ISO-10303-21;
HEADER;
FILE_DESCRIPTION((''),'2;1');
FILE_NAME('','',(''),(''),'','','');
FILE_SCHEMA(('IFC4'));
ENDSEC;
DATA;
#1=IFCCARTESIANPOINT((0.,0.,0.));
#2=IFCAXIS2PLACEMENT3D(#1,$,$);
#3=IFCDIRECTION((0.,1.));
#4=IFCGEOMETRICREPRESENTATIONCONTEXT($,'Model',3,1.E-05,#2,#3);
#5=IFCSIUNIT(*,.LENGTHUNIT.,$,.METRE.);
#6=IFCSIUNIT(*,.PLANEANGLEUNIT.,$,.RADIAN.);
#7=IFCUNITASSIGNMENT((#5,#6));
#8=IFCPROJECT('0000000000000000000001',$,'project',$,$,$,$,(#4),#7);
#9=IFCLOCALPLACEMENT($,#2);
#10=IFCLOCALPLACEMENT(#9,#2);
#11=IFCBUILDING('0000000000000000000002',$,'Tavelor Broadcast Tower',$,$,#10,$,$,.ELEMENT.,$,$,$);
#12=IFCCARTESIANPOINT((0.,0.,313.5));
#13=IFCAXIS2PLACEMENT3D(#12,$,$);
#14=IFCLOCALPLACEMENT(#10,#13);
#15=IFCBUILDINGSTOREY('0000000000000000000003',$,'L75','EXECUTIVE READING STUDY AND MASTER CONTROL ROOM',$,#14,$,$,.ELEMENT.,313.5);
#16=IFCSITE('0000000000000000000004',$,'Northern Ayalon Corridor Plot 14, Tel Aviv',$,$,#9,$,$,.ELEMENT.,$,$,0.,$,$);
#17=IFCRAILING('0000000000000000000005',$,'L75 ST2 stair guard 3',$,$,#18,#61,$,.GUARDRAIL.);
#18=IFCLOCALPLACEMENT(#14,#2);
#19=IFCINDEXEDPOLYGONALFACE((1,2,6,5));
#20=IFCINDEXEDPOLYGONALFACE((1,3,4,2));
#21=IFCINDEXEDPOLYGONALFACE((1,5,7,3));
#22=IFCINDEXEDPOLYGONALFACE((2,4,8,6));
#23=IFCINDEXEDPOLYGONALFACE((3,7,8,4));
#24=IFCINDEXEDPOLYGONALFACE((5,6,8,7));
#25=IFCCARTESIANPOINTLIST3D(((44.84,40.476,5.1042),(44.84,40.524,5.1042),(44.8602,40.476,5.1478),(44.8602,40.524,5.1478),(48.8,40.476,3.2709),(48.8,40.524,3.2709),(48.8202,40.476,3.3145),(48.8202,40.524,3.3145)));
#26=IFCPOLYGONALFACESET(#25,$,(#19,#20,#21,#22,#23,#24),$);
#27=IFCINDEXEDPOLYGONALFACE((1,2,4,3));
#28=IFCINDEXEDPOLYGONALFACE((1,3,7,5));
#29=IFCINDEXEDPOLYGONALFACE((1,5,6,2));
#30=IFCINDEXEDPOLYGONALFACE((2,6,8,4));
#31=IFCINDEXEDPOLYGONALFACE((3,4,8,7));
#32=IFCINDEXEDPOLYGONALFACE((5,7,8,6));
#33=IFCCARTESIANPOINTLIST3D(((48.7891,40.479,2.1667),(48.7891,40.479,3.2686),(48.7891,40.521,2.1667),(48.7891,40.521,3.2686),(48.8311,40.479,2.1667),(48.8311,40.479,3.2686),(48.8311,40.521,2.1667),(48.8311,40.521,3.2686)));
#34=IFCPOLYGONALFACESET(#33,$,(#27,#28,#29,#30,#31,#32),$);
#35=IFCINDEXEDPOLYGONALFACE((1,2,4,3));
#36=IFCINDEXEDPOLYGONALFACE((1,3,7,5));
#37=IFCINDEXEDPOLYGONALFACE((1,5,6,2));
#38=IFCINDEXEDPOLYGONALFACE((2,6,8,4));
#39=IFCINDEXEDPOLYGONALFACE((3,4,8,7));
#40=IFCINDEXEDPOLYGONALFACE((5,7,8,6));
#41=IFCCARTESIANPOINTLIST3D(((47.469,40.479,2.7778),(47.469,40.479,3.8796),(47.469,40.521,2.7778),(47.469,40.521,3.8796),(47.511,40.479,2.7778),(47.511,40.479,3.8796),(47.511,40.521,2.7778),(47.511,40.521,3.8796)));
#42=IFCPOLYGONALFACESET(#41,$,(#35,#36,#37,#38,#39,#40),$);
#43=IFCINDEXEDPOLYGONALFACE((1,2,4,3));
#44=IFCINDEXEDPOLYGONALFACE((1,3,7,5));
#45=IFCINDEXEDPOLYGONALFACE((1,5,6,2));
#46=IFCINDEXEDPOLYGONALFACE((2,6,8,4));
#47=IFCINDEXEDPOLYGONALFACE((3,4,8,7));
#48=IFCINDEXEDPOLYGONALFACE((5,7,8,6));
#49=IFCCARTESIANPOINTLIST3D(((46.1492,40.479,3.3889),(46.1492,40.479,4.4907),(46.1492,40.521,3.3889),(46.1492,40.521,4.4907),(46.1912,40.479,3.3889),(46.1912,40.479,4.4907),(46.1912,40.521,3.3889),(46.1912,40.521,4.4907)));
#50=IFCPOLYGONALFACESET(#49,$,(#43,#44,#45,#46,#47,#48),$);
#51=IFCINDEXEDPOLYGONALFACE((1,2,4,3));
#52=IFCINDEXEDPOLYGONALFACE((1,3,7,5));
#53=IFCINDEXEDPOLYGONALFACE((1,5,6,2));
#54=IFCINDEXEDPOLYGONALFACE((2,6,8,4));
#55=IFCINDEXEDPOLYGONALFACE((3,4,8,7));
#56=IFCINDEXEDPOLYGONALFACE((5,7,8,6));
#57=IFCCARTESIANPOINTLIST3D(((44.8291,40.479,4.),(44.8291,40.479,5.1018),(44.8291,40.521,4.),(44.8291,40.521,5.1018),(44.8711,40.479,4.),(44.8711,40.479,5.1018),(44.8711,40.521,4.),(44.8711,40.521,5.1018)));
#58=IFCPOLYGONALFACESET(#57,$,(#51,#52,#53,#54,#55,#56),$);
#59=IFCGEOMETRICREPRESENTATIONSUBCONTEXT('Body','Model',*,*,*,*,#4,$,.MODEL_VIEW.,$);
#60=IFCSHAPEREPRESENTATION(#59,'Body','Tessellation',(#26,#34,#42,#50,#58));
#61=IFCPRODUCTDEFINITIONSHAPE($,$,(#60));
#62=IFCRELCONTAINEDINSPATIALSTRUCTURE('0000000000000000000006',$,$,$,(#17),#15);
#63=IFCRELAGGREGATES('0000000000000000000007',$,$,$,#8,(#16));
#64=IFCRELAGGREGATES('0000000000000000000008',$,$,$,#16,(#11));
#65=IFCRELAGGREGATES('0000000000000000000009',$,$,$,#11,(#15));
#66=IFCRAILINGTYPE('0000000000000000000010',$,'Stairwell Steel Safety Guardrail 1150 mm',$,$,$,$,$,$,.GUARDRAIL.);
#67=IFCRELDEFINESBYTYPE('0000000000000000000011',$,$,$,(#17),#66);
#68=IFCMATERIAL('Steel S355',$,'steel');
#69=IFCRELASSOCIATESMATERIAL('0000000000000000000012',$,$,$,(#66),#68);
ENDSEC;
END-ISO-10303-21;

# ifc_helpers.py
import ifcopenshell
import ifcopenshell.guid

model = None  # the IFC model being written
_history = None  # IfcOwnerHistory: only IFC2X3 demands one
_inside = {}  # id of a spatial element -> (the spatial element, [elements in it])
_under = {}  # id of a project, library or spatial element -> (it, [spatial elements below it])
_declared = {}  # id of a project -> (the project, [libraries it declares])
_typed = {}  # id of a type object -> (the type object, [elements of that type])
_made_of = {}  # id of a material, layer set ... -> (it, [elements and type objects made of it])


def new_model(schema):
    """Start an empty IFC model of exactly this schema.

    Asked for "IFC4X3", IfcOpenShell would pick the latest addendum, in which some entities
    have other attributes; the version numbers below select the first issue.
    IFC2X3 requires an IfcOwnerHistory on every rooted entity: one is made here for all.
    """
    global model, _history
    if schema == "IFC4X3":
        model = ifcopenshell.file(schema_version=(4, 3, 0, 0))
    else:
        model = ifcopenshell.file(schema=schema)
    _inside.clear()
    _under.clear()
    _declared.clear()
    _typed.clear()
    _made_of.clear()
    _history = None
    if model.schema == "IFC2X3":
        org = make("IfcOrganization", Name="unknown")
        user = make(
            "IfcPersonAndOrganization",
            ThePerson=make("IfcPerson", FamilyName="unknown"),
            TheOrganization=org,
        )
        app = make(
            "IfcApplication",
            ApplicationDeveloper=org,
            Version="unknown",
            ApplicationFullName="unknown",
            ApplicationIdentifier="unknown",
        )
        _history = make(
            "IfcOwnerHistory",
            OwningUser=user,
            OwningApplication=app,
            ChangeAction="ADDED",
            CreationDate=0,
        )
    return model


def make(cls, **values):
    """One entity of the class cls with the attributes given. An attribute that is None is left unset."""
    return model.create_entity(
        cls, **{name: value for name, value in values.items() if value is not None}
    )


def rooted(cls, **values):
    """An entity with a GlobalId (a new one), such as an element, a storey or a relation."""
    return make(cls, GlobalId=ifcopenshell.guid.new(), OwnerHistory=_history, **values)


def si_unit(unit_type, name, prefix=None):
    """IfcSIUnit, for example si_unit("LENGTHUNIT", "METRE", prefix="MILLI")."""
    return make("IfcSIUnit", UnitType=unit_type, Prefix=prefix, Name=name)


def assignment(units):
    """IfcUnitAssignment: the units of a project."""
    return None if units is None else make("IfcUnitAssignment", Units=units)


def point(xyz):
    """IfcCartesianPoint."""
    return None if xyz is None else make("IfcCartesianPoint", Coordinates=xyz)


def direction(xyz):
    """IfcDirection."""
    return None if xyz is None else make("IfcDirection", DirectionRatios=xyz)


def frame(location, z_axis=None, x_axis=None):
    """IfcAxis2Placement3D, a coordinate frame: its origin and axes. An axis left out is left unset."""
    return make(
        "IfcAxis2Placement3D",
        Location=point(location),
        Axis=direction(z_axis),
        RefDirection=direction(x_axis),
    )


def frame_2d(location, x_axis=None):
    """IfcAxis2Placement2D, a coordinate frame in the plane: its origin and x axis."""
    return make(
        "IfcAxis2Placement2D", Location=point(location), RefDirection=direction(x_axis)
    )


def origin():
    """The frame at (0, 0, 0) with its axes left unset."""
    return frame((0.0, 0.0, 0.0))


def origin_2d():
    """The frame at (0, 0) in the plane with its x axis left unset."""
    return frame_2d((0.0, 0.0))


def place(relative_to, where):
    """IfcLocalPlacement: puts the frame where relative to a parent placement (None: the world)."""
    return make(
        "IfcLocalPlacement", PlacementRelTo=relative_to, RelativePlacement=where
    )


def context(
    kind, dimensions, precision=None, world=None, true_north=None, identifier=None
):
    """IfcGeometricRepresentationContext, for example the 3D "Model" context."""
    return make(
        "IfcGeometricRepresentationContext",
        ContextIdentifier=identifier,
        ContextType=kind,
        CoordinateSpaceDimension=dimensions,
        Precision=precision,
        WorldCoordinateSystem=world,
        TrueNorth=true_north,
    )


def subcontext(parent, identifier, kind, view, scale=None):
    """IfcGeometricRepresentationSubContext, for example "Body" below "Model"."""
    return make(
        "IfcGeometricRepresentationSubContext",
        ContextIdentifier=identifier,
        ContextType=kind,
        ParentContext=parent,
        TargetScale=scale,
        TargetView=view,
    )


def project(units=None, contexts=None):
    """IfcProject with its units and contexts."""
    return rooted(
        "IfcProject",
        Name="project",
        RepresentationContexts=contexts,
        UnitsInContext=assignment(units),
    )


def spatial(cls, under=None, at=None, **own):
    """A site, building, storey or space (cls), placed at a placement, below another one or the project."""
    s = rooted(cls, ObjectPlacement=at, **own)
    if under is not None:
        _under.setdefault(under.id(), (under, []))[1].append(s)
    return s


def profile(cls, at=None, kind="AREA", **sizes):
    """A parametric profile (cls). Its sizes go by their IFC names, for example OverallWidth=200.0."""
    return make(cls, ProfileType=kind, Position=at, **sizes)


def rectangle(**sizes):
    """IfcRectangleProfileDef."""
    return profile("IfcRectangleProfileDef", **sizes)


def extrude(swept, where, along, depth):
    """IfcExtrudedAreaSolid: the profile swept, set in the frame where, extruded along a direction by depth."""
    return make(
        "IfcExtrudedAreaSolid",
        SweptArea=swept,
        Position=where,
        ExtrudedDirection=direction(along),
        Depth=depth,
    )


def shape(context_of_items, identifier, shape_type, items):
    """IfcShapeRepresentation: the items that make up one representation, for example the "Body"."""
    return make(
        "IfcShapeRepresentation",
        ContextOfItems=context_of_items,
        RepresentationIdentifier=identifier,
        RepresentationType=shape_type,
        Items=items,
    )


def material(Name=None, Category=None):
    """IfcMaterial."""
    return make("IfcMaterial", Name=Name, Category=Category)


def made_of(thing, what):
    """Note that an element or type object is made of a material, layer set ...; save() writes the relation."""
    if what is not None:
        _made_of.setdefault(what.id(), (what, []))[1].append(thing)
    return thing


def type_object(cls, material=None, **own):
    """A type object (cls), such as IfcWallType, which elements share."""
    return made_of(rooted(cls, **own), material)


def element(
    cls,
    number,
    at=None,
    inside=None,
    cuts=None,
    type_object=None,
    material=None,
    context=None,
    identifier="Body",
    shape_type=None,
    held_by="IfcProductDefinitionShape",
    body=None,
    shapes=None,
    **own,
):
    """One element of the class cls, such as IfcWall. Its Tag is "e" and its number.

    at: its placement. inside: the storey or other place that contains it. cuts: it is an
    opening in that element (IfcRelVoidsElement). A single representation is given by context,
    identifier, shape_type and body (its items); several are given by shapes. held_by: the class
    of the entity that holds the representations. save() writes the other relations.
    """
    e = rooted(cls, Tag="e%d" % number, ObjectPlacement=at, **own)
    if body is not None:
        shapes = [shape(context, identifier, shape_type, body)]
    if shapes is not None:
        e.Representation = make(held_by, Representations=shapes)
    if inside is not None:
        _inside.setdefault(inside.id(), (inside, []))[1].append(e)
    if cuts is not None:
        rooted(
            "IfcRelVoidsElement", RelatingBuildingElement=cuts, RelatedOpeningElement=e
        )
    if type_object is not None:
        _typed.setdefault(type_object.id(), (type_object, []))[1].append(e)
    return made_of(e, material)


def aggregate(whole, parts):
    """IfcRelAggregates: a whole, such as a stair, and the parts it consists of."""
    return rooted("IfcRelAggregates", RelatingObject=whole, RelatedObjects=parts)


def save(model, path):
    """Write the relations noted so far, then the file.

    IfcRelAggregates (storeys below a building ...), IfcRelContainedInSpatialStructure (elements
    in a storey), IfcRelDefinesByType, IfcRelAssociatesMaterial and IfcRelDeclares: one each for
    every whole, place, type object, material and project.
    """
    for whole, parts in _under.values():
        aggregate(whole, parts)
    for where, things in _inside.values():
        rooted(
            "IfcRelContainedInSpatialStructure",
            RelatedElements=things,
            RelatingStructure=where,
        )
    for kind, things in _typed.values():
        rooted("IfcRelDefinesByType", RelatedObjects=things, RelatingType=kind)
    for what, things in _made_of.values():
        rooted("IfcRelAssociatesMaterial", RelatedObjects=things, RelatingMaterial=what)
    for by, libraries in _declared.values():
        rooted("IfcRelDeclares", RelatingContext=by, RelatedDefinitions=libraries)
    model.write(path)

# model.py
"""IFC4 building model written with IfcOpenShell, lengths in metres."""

from ifc_helpers import new_model, si_unit, direction, frame, origin, origin_2d, place, context, subcontext, project, spatial, rectangle, extrude, material, type_object, element, save


model = new_model("IFC4")

# Units and contexts
model_context = context("Model", 3, precision=1e-05, world=origin(), true_north=direction((0.0, 1.0)))
body_context = subcontext(model_context, "Body", "Model", "MODEL_VIEW")
ifc_project = project(units=[si_unit("LENGTHUNIT", "METRE"), si_unit("PLANEANGLEUNIT", "RADIAN")], contexts=[model_context])

# Site, building, storey
site_placement = place(None, origin())
site = spatial("IfcSite", under=ifc_project, at=site_placement, Name="Northern Ayalon Corridor Plot 14, Tel Aviv", CompositionType="ELEMENT", RefElevation=0.0)
building_placement = place(site_placement, origin())
building = spatial("IfcBuilding", under=site, at=building_placement, Name="Tavelor Broadcast Tower", CompositionType="ELEMENT")
storey_placement = place(building_placement, frame((0.0, 0.0, 313.5)))
storey = spatial("IfcBuildingStorey", under=building, at=storey_placement, Name="L75", Description="EXECUTIVE READING STUDY AND MASTER CONTROL ROOM", CompositionType="ELEMENT", Elevation=313.5)

# Shared definitions
ifc_material_1 = material(Name="Steel S355", Category="steel")

# Railing
railing_type_1 = type_object("IfcRailingType", Name="Stairwell Steel Safety Guardrail 1150 mm", PredefinedType="GUARDRAIL", material=ifc_material_1)
railing_1_placement = place(storey_placement, frame((48.8101, 40.5, 2.1667)))
element("IfcRailing", 1, at=railing_1_placement, inside=storey, type_object=railing_type_1, Name="L75 ST2 stair guard 3", PredefinedType="GUARDRAIL", context=body_context, shape_type="SweptSolid", body=[
    extrude(rectangle(XDim=0.0481, YDim=0.0481, at=origin_2d()), frame((0.0, 0.0, 1.126), z_axis=(-0.907472, 0.0, 0.420112), x_axis=(0.0, -1.0, 0.0)), (0.0, 0.0, 1.0), 4.3638),
    extrude(rectangle(XDim=0.042, YDim=0.042, at=origin_2d()), origin(), (0.0, 0.0, 1.0), 1.1018),
    extrude(rectangle(XDim=0.042, YDim=0.042, at=origin_2d()), frame((-1.3201, 0.0, 0.6111)), (0.0, 0.0, 1.0), 1.1018),
    extrude(rectangle(XDim=0.042, YDim=0.042, at=origin_2d()), frame((-2.6399, 0.0, 1.2222)), (0.0, 0.0, 1.0), 1.1018),
    extrude(rectangle(XDim=0.042, YDim=0.042, at=origin_2d()), frame((-3.96, 0.0, 1.8333)), (0.0, 0.0, 1.0), 1.1018),
])

save(model, "model.ifc")
